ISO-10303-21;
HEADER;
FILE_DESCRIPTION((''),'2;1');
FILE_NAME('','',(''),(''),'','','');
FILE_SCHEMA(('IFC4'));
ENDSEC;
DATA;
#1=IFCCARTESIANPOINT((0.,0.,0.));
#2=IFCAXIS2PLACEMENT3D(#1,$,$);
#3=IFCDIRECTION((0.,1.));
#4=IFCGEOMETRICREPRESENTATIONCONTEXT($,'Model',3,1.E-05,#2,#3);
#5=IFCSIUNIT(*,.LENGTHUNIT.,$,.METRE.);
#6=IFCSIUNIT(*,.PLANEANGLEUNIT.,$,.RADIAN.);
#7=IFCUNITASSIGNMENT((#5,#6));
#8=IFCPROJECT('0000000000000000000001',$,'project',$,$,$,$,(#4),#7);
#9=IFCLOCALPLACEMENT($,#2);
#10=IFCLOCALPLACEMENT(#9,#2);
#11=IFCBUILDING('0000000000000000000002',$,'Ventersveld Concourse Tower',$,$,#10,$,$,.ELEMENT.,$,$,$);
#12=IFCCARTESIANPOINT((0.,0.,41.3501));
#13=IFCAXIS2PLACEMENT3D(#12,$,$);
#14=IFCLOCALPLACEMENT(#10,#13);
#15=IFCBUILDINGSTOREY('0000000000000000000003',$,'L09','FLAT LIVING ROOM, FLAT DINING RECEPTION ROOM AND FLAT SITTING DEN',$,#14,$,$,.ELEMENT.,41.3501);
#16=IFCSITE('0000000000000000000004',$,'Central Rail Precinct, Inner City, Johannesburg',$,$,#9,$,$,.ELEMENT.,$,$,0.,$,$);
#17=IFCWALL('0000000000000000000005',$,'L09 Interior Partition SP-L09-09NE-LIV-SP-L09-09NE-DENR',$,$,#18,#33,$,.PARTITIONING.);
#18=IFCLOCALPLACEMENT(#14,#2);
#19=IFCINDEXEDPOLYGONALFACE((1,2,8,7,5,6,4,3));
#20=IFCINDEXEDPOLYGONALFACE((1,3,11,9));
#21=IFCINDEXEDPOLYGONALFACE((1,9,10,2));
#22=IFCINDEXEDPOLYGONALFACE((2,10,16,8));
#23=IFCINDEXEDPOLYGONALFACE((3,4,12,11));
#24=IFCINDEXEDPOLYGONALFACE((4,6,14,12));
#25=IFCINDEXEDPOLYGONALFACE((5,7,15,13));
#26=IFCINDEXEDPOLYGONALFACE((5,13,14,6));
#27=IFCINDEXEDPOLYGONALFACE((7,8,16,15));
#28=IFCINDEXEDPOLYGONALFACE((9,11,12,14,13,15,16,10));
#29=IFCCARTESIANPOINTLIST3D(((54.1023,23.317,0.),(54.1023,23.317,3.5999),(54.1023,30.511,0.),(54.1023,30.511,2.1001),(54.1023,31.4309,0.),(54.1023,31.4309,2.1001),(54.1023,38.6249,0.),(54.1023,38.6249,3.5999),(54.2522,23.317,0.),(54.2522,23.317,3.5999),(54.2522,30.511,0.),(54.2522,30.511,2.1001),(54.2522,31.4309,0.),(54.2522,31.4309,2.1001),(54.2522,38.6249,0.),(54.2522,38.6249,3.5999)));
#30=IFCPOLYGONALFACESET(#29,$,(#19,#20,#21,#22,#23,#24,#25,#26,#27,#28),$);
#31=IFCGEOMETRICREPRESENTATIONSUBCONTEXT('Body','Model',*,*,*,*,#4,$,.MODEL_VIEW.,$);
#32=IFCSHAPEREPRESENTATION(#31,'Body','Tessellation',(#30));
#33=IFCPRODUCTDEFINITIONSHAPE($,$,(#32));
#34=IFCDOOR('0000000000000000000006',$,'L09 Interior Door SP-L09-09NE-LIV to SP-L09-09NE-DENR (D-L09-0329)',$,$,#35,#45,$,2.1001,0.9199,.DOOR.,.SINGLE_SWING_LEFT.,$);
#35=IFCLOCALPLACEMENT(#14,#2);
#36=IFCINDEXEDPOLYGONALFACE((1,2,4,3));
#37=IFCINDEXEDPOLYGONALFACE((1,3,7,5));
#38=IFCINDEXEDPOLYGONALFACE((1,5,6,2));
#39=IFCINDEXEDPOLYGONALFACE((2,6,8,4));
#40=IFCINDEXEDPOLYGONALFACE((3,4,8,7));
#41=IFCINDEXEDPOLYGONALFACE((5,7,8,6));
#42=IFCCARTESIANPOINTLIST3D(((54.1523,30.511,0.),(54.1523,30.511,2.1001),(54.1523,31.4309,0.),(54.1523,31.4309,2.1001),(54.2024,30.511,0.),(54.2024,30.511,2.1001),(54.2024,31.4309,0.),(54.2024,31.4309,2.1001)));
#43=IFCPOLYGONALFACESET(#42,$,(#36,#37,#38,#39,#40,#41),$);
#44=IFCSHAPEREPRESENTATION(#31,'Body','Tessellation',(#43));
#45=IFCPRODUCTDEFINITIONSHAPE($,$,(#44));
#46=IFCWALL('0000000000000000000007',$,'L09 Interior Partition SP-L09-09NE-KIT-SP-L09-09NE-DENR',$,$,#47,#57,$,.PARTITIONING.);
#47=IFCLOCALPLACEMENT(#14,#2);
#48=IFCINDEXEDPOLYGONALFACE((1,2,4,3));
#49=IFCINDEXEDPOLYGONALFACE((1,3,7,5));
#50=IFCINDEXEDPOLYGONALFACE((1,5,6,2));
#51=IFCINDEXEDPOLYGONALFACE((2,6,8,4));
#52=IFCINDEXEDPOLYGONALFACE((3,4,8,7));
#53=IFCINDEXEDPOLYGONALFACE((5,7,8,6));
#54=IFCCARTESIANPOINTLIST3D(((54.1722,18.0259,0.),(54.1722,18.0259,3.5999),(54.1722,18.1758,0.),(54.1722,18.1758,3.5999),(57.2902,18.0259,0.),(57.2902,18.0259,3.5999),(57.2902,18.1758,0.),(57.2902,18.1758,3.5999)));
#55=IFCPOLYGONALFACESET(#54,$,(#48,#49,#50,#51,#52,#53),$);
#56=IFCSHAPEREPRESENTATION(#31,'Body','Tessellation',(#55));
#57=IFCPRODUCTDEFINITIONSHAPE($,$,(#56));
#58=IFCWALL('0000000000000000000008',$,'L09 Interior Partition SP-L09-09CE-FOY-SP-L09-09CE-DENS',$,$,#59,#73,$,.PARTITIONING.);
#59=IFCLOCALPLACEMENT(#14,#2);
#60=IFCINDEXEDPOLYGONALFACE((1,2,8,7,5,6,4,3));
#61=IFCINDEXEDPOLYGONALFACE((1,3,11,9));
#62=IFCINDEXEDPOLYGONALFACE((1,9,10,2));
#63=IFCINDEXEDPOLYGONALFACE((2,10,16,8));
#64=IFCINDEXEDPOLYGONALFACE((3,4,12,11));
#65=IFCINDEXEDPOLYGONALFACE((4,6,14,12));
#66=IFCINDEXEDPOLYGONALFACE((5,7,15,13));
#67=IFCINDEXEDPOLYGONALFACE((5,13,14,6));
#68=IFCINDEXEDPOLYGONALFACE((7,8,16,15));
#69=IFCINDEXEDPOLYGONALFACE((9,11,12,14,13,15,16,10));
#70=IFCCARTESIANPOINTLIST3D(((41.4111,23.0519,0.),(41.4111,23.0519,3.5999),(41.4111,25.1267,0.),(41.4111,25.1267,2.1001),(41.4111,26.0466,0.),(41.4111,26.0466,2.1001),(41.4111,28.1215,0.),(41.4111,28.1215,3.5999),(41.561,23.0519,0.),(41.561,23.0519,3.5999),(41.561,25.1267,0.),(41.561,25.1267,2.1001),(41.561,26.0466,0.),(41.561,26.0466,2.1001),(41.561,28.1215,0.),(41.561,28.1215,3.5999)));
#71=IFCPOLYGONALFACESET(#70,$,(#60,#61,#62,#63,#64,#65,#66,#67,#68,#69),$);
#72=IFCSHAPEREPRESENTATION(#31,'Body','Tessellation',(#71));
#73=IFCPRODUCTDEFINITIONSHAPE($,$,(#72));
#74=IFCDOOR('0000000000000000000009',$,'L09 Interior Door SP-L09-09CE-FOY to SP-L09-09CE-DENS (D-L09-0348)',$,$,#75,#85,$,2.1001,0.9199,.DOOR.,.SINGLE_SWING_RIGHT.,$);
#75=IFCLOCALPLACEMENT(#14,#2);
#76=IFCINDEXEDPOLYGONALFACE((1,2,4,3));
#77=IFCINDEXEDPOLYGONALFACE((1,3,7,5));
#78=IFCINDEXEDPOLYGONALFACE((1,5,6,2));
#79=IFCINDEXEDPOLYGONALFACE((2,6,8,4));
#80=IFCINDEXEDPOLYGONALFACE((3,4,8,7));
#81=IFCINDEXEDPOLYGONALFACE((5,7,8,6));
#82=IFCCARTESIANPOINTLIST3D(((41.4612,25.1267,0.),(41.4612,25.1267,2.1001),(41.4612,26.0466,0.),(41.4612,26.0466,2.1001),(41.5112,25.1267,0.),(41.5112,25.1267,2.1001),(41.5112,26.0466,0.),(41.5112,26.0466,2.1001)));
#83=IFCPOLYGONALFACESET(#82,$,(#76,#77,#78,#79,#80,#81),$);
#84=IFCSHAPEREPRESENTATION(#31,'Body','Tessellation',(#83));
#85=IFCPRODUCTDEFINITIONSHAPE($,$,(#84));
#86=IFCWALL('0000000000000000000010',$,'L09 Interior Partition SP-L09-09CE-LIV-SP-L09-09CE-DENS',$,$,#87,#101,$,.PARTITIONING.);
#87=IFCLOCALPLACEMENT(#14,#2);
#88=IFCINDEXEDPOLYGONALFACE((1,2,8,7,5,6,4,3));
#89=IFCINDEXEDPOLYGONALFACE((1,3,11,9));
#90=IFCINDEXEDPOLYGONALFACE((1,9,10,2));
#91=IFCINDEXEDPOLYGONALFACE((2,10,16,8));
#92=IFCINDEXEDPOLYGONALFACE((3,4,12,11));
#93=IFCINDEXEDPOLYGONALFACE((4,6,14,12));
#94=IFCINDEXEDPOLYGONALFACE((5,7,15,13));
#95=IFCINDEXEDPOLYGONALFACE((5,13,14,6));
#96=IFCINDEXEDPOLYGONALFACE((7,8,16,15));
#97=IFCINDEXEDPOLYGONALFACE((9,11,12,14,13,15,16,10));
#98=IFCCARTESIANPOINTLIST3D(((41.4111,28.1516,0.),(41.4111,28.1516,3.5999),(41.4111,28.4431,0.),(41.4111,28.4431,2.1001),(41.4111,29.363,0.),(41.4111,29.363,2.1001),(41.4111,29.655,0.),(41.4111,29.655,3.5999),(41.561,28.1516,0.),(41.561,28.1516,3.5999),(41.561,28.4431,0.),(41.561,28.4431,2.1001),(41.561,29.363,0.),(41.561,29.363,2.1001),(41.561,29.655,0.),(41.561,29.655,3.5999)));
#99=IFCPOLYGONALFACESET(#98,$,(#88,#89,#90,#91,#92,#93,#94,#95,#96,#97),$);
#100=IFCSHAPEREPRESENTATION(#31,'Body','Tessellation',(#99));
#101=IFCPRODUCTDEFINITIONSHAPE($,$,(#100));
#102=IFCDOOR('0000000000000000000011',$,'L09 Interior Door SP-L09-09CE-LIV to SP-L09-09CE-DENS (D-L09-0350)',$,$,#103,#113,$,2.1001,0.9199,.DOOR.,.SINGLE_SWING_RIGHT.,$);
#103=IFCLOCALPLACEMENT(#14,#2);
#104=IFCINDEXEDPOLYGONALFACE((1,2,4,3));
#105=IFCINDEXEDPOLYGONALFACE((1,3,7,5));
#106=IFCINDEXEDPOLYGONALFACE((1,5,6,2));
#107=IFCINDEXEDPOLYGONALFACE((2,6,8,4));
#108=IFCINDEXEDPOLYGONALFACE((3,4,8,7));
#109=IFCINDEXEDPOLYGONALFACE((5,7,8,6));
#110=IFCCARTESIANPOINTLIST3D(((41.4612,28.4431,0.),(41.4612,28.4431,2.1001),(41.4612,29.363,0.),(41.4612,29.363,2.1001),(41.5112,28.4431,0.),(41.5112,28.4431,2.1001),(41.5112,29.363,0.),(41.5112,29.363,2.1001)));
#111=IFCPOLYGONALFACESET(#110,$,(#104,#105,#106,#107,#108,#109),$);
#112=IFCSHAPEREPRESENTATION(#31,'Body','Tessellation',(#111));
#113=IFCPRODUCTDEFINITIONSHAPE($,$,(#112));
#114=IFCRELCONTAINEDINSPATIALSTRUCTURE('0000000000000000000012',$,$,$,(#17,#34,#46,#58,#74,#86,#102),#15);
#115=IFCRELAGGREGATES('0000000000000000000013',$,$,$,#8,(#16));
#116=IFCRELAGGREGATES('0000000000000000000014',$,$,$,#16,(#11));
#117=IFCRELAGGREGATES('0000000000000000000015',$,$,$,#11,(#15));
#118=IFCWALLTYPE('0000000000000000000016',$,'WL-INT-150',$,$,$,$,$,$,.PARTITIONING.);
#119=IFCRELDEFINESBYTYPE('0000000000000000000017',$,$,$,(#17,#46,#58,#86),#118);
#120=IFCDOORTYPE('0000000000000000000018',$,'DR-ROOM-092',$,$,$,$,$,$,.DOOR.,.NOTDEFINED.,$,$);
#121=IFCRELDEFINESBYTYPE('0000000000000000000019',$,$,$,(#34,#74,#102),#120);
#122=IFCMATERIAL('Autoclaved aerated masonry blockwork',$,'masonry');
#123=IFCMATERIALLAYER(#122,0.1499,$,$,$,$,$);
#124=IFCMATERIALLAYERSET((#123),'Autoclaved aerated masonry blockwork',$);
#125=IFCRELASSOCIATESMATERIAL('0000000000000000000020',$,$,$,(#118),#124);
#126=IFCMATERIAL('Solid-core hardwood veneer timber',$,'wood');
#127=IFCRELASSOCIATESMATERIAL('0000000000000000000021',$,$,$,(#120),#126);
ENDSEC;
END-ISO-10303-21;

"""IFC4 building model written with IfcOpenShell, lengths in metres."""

from ifc_helpers import new_model, si_unit, direction, frame, frame_2d, origin, place, context, subcontext, project, spatial, rectangle, extrude, material, layer, layer_set, type_object, element, fill, save


model = new_model("IFC4")

# Units and contexts
model_context = context("Model", 3, precision=1e-05, world=origin(), true_north=direction((0.0, 1.0)))
body_context = subcontext(model_context, "Body", "Model", "MODEL_VIEW")
ifc_project = project(units=[si_unit("LENGTHUNIT", "METRE"), si_unit("PLANEANGLEUNIT", "RADIAN")], contexts=[model_context])

# Site, building, storey
site_placement = place(None, origin())
site = spatial("IfcSite", under=ifc_project, at=site_placement, Name="Central Rail Precinct, Inner City, Johannesburg", CompositionType="ELEMENT", RefElevation=0.0)
building_placement = place(site_placement, origin())
building = spatial("IfcBuilding", under=site, at=building_placement, Name="Ventersveld Concourse Tower", CompositionType="ELEMENT")
storey_placement = place(building_placement, frame((0.0, 0.0, 41.3501)))
storey = spatial("IfcBuildingStorey", under=building, at=storey_placement, Name="L09", Description="FLAT LIVING ROOM, FLAT DINING RECEPTION ROOM AND FLAT SITTING DEN", CompositionType="ELEMENT", Elevation=41.3501)

# Wall, opening, door
ifc_material_1 = material(Name="Autoclaved aerated masonry blockwork", Category="masonry")
ifc_layer_1 = layer(ifc_material_1, 0.1499)
ifc_layer_set_1 = layer_set([ifc_layer_1], Name="Autoclaved aerated masonry blockwork")
wall_type_1 = type_object("IfcWallType", Name="WL-INT-150", PredefinedType="PARTITIONING", material=ifc_layer_set_1)
ifc_material_2 = material(Name="Solid-core hardwood veneer timber", Category="wood")
door_type = type_object("IfcDoorType", Name="DR-ROOM-092", OperationType="NOTDEFINED", PredefinedType="DOOR", material=ifc_material_2)
wall_1_placement = place(storey_placement, frame((54.1772, 23.3171, 0.0), z_axis=(0.0, 0.0, 1.0), x_axis=(0.0, 1.0, 0.0)))
wall_1 = element("IfcWall", 1, at=wall_1_placement, inside=storey, type_object=wall_type_1, Name="L09 Interior Partition SP-L09-09NE-LIV-SP-L09-09NE-DENR", PredefinedType="PARTITIONING", context=body_context, shape_type="SweptSolid", body=[
    extrude(rectangle(XDim=15.3079, YDim=0.1499, at=frame_2d((7.6538, 0.0))), origin(), (0.0, 0.0, 1.0), 3.5999),
])
opening_1_placement = place(wall_1_placement, frame((7.1938, 0.0, 0.0)))
opening_1 = element("IfcOpeningElement", 2, at=opening_1_placement, cuts=wall_1, PredefinedType="OPENING", context=body_context, shape_type="SweptSolid", body=[
    extrude(rectangle(XDim=0.9199, YDim=2.1001, at=frame_2d((0.46, 1.05))), frame((0.0, 0.085, 0.0), z_axis=(0.0, -1.0, 0.0), x_axis=(1.0, 0.0, 0.0)), (0.0, 0.0, 1.0), 0.1699),
])
door_1_placement = place(opening_1_placement, origin())
door_1 = element("IfcDoor", 3, at=door_1_placement, inside=storey, type_object=door_type, Name="L09 Interior Door SP-L09-09NE-LIV to SP-L09-09NE-DENR (D-L09-0329)", OperationType="SINGLE_SWING_LEFT", OverallHeight=2.1001, OverallWidth=0.9199, PredefinedType="DOOR", context=body_context, shape_type="SweptSolid", body=[
    extrude(rectangle(XDim=0.9199, YDim=2.1001, at=frame_2d((0.46, 1.05))), frame((0.0, 0.0249, 0.0), z_axis=(0.0, -1.0, 0.0), x_axis=(1.0, 0.0, 0.0)), (0.0, 0.0, 1.0), 0.05),
])
fill(opening_1, door_1)

# Wall
wall_2_placement = place(storey_placement, frame((54.1721, 18.1008, 0.0), z_axis=(0.0, 0.0, 1.0), x_axis=(1.0, 0.0, 0.0)))
element("IfcWall", 4, at=wall_2_placement, inside=storey, type_object=wall_type_1, Name="L09 Interior Partition SP-L09-09NE-KIT-SP-L09-09NE-DENR", PredefinedType="PARTITIONING", context=body_context, shape_type="SweptSolid", body=[
    extrude(rectangle(XDim=3.1179, YDim=0.1499, at=frame_2d((1.5591, 0.0))), origin(), (0.0, 0.0, 1.0), 3.5999),
])

# Walls, openings, doors
wall_3_placement = place(storey_placement, frame((41.4861, 23.052, 0.0), z_axis=(0.0, 0.0, 1.0), x_axis=(0.0, 1.0, 0.0)))
wall_3 = element("IfcWall", 5, at=wall_3_placement, inside=storey, type_object=wall_type_1, Name="L09 Interior Partition SP-L09-09CE-FOY-SP-L09-09CE-DENS", PredefinedType="PARTITIONING", context=body_context, shape_type="SweptSolid", body=[
    extrude(rectangle(XDim=5.0696, YDim=0.1499, at=frame_2d((2.5347, 0.0))), origin(), (0.0, 0.0, 1.0), 3.5999),
])
opening_2_placement = place(wall_3_placement, frame((2.0747, 0.0, 0.0)))
opening_2 = element("IfcOpeningElement", 6, at=opening_2_placement, cuts=wall_3, PredefinedType="OPENING", context=body_context, shape_type="SweptSolid", body=[
    extrude(rectangle(XDim=0.9199, YDim=2.1001, at=frame_2d((0.46, 1.05))), frame((0.0, 0.085, 0.0), z_axis=(0.0, -1.0, 0.0), x_axis=(1.0, 0.0, 0.0)), (0.0, 0.0, 1.0), 0.1699),
])
door_2_placement = place(opening_2_placement, origin())
door_2 = element("IfcDoor", 7, at=door_2_placement, inside=storey, type_object=door_type, Name="L09 Interior Door SP-L09-09CE-FOY to SP-L09-09CE-DENS (D-L09-0348)", OperationType="SINGLE_SWING_RIGHT", OverallHeight=2.1001, OverallWidth=0.9199, PredefinedType="DOOR", context=body_context, shape_type="SweptSolid", body=[
    extrude(rectangle(XDim=0.9199, YDim=2.1001, at=frame_2d((0.46, 1.05))), frame((0.0, 0.0249, 0.0), z_axis=(0.0, -1.0, 0.0), x_axis=(1.0, 0.0, 0.0)), (0.0, 0.0, 1.0), 0.05),
])
fill(opening_2, door_2)
wall_4_placement = place(storey_placement, frame((41.4861, 28.1516, 0.0), z_axis=(0.0, 0.0, 1.0), x_axis=(0.0, 1.0, 0.0)))
wall_4 = element("IfcWall", 8, at=wall_4_placement, inside=storey, type_object=wall_type_1, Name="L09 Interior Partition SP-L09-09CE-LIV-SP-L09-09CE-DENS", PredefinedType="PARTITIONING", context=body_context, shape_type="SweptSolid", body=[
    extrude(rectangle(XDim=1.5034, YDim=0.1499, at=frame_2d((0.7517, 0.0))), origin(), (0.0, 0.0, 1.0), 3.5999),
])
opening_3_placement = place(wall_4_placement, frame((0.2915, 0.0, 0.0)))
opening_3 = element("IfcOpeningElement", 9, at=opening_3_placement, cuts=wall_4, PredefinedType="OPENING", context=body_context, shape_type="SweptSolid", body=[
    extrude(rectangle(XDim=0.9199, YDim=2.1001, at=frame_2d((0.46, 1.05))), frame((0.0, 0.085, 0.0), z_axis=(0.0, -1.0, 0.0), x_axis=(1.0, 0.0, 0.0)), (0.0, 0.0, 1.0), 0.1699),
])
door_3_placement = place(opening_3_placement, origin())
door_3 = element("IfcDoor", 10, at=door_3_placement, inside=storey, type_object=door_type, Name="L09 Interior Door SP-L09-09CE-LIV to SP-L09-09CE-DENS (D-L09-0350)", OperationType="SINGLE_SWING_RIGHT", OverallHeight=2.1001, OverallWidth=0.9199, PredefinedType="DOOR", context=body_context, shape_type="SweptSolid", body=[
    extrude(rectangle(XDim=0.9199, YDim=2.1001, at=frame_2d((0.46, 1.05))), frame((0.0, 0.0249, 0.0), z_axis=(0.0, -1.0, 0.0), x_axis=(1.0, 0.0, 0.0)), (0.0, 0.0, 1.0), 0.05),
])
fill(opening_3, door_3)

save(model, "model.ifc")
